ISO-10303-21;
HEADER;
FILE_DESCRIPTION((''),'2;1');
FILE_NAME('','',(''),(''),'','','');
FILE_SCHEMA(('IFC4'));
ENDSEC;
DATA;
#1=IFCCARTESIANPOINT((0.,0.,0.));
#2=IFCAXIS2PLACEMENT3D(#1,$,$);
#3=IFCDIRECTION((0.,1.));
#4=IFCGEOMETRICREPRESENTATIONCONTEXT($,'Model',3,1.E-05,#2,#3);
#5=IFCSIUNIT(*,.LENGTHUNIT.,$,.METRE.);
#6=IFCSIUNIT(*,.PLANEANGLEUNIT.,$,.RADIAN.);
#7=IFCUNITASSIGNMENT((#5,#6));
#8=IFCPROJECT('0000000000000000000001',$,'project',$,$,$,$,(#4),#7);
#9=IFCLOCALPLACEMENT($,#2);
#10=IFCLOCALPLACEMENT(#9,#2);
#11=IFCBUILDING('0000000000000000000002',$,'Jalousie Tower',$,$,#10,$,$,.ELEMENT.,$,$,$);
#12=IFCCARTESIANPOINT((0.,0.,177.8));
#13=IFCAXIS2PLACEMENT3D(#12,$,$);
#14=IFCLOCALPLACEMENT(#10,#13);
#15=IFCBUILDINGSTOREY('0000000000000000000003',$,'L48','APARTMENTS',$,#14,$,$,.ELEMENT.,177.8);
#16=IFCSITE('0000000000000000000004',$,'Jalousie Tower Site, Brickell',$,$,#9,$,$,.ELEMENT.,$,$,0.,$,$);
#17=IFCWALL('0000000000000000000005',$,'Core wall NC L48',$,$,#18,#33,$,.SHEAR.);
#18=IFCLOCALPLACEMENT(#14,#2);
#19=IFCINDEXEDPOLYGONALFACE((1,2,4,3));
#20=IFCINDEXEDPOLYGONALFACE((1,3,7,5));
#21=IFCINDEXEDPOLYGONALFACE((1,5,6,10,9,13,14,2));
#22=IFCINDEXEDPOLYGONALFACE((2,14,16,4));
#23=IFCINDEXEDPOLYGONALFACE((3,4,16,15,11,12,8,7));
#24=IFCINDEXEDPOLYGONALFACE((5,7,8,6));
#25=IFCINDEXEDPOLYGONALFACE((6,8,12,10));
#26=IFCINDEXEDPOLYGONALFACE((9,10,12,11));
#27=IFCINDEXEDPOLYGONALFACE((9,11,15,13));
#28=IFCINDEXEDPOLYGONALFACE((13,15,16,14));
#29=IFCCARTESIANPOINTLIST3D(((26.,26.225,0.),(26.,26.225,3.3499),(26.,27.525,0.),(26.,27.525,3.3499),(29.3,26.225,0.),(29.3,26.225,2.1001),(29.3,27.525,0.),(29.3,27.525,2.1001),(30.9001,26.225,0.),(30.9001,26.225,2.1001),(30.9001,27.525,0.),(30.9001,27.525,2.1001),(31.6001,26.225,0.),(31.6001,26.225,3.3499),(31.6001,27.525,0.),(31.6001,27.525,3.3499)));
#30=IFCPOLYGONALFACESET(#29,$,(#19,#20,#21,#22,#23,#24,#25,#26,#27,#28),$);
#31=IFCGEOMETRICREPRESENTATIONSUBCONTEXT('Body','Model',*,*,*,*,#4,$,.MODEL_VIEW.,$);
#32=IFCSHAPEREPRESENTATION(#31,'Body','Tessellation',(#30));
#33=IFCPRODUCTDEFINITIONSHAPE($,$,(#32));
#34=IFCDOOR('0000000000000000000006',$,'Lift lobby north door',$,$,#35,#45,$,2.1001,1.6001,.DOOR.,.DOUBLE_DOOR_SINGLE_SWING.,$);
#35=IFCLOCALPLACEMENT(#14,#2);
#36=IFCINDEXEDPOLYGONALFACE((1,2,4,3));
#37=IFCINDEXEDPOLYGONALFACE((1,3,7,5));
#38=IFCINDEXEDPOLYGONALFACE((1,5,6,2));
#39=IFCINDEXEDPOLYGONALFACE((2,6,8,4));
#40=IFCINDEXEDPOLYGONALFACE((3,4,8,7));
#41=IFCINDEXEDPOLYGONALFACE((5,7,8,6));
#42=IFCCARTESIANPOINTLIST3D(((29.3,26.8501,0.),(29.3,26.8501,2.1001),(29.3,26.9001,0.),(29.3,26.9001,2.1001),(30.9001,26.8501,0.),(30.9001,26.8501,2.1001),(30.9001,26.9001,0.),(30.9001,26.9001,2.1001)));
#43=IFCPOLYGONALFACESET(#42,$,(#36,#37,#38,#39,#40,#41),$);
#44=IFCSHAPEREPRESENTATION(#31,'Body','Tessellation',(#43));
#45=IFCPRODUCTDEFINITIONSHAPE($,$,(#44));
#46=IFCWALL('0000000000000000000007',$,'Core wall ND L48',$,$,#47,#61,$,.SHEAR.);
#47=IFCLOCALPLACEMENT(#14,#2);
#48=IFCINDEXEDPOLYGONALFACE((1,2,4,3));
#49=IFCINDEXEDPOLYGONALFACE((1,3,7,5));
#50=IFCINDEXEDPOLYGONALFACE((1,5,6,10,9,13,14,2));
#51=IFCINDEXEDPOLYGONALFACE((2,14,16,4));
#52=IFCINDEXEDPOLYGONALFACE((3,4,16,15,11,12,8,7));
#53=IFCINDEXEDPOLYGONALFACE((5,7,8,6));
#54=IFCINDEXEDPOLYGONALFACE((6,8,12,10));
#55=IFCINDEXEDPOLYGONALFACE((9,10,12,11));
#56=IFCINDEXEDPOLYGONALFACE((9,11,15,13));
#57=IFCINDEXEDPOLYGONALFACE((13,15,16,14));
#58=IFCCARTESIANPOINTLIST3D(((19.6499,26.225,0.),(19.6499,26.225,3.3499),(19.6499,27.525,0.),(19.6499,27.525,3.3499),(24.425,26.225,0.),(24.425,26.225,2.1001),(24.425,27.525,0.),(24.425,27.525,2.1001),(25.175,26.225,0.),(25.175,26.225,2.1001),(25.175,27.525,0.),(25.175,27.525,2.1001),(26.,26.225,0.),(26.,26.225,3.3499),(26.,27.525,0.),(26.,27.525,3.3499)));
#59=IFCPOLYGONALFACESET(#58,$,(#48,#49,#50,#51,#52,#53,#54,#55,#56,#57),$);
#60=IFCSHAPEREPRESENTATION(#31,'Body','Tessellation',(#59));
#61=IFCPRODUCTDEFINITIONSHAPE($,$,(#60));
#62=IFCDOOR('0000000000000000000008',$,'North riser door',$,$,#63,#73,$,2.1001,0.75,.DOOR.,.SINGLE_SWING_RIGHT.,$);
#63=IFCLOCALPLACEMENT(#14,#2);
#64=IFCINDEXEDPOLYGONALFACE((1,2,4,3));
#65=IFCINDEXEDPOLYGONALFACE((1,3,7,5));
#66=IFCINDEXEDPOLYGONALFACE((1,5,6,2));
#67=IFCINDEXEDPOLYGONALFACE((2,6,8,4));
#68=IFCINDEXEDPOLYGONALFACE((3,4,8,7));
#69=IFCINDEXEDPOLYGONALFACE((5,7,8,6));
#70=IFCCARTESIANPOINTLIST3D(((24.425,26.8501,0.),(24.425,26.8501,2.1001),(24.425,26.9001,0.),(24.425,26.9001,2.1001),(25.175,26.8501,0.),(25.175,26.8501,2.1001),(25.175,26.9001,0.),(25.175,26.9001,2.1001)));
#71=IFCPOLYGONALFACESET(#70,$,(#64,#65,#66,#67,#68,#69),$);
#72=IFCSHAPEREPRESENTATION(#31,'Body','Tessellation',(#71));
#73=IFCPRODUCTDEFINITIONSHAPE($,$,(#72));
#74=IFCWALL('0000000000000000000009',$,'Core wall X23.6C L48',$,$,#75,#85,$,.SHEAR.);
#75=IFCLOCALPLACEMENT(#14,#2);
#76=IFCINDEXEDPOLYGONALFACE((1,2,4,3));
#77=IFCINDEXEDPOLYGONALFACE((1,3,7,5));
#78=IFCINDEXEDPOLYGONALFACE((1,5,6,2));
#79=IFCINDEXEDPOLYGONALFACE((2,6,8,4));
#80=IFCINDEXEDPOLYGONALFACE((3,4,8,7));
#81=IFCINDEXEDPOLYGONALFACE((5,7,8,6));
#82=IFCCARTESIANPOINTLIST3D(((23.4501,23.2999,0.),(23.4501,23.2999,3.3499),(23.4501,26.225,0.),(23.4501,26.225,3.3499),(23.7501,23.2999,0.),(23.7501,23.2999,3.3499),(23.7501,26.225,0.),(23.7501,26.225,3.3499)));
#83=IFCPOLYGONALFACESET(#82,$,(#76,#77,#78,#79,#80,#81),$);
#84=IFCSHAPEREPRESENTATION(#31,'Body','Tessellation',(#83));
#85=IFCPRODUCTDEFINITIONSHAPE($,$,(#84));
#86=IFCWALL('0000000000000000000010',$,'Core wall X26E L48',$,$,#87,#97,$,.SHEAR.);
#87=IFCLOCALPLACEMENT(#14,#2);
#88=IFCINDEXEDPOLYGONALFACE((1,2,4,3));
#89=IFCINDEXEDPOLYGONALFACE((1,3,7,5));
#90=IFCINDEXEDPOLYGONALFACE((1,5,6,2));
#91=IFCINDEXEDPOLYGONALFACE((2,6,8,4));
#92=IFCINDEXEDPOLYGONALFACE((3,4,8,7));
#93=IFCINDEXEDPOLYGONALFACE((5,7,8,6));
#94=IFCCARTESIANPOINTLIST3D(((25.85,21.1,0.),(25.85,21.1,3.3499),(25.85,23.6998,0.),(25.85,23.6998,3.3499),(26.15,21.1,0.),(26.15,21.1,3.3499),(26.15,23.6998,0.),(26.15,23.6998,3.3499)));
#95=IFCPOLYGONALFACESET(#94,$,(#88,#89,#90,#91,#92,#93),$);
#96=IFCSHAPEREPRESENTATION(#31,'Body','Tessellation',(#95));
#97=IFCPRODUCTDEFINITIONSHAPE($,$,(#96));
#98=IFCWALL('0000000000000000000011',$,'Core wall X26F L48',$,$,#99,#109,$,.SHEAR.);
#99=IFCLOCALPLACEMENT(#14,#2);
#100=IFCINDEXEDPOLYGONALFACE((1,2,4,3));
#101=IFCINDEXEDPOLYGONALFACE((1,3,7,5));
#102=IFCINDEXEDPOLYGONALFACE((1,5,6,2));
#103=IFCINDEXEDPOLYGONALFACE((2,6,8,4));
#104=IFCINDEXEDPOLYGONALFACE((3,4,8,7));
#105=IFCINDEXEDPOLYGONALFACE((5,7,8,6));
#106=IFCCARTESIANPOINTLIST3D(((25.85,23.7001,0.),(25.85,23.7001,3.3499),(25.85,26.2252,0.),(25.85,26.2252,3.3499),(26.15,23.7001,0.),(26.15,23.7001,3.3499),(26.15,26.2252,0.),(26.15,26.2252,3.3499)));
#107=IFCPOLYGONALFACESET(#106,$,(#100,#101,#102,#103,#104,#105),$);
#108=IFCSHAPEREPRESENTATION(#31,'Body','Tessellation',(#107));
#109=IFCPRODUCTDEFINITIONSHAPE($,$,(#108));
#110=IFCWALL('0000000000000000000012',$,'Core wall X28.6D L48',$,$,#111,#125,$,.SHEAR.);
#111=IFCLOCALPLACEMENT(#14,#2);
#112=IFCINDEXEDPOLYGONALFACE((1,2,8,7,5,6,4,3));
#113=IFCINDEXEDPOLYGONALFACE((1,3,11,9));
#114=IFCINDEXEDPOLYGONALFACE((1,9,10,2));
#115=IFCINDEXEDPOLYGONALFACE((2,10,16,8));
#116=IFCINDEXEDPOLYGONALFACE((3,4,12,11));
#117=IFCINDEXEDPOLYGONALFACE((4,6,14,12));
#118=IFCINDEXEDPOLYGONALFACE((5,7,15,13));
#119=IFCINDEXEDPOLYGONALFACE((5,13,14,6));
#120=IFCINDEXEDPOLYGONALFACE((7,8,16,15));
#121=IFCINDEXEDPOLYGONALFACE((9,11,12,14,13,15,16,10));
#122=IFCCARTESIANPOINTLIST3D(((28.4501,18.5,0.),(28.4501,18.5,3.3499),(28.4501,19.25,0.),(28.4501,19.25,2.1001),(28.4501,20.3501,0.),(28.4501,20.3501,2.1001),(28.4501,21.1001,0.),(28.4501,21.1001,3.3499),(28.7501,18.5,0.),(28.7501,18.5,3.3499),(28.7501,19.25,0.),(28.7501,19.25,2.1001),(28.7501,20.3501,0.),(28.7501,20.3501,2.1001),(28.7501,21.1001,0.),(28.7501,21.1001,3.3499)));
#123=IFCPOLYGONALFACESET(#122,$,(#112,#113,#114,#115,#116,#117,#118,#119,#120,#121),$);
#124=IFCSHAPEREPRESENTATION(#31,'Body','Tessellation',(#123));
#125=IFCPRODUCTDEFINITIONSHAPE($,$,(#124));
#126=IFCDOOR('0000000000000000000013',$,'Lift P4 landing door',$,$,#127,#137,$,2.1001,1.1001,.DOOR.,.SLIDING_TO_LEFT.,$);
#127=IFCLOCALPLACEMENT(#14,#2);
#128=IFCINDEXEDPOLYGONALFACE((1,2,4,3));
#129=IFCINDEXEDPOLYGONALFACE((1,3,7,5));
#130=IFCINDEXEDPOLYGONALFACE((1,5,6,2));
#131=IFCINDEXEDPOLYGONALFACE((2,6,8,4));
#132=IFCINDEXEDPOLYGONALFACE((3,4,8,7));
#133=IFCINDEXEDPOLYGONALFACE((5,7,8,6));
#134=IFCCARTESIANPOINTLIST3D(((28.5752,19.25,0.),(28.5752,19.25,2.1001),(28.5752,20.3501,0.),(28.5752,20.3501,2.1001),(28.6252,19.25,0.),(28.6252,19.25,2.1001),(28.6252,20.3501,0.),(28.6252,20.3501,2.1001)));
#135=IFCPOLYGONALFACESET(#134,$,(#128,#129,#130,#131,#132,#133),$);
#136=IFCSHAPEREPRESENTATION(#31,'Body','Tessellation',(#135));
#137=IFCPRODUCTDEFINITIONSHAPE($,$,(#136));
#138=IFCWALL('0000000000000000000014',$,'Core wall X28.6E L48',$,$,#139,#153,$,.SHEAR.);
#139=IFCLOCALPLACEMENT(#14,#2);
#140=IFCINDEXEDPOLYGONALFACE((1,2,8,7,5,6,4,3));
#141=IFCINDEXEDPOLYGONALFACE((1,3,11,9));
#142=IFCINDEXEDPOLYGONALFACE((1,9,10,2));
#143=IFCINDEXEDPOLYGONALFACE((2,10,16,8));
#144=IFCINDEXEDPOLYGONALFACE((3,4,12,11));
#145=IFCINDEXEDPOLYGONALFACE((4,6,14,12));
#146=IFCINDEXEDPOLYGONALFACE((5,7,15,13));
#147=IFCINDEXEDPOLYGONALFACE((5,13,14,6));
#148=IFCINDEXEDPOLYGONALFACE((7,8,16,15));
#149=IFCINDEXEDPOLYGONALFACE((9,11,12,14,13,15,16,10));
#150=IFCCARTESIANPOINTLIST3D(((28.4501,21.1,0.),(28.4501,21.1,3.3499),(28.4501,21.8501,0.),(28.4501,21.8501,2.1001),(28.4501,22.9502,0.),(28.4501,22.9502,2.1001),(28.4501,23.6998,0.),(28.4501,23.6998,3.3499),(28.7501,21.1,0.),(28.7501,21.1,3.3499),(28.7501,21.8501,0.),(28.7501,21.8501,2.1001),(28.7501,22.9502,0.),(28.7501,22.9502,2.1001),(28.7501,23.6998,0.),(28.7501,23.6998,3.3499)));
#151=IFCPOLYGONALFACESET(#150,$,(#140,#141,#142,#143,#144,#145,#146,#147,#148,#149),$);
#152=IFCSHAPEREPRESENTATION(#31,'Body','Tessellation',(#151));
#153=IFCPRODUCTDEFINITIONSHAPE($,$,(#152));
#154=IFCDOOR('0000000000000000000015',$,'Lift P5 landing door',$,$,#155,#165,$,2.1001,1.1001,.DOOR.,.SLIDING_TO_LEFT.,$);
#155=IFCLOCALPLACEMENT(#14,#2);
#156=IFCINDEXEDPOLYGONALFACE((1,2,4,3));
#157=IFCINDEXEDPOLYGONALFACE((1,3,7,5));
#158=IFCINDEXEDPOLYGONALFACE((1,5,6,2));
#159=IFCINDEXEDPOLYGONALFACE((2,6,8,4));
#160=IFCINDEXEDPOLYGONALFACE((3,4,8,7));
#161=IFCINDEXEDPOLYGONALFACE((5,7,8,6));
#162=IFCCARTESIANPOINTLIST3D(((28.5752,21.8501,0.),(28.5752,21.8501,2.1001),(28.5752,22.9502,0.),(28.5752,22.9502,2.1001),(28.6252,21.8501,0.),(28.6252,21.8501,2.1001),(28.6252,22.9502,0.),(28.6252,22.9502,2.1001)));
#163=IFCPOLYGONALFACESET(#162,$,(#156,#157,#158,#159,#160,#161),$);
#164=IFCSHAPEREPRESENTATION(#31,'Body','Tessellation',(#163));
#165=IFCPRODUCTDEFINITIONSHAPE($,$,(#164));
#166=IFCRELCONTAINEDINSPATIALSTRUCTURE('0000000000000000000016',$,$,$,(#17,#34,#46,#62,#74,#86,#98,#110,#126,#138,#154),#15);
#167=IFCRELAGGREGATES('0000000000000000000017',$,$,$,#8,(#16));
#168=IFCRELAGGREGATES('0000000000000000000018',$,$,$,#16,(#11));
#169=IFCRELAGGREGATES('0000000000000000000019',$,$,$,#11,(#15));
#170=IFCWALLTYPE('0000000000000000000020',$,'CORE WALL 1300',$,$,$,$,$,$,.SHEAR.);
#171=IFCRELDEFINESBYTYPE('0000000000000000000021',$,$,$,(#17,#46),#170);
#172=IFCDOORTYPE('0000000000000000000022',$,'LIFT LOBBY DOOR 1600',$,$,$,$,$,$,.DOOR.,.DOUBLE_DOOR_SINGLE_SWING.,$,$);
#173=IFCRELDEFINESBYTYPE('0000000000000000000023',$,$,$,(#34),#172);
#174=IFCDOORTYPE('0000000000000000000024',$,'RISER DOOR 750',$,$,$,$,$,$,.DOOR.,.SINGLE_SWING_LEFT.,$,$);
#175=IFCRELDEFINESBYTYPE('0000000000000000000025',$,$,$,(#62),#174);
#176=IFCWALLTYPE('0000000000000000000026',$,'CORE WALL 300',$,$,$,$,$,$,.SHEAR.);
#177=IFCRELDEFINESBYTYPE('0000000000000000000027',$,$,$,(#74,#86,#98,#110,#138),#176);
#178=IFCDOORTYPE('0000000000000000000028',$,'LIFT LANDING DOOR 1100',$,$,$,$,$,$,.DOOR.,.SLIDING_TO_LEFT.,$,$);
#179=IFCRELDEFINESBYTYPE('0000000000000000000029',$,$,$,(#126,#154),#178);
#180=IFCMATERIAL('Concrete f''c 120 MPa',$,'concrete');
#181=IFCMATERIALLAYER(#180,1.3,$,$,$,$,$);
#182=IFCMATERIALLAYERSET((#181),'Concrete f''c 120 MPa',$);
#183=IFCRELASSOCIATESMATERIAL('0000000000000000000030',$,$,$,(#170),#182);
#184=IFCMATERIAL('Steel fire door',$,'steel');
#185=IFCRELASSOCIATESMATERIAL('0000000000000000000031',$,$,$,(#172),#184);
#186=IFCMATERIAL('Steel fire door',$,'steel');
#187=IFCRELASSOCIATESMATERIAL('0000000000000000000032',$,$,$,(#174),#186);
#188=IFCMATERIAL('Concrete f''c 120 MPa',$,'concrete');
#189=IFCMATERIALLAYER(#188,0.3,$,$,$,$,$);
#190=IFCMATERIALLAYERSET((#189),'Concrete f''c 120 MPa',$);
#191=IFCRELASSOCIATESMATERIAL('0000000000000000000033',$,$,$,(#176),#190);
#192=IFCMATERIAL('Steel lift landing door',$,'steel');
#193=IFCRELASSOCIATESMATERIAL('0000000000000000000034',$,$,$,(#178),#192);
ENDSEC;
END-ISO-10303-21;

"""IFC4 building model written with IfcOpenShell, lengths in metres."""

from ifc_helpers import new_model, si_unit, direction, frame, frame_2d, origin, place, context, subcontext, project, spatial, rectangle, extrude, material, layer, layer_set, type_object, element, fill, save


model = new_model("IFC4")

# Units and contexts
model_context = context("Model", 3, precision=1e-05, world=origin(), true_north=direction((0.0, 1.0)))
body_context = subcontext(model_context, "Body", "Model", "MODEL_VIEW")
ifc_project = project(units=[si_unit("LENGTHUNIT", "METRE"), si_unit("PLANEANGLEUNIT", "RADIAN")], contexts=[model_context])

# Site, building, storey
site_placement = place(None, origin())
site = spatial("IfcSite", under=ifc_project, at=site_placement, Name="Jalousie Tower Site, Brickell", CompositionType="ELEMENT", RefElevation=0.0)
building_placement = place(site_placement, origin())
building = spatial("IfcBuilding", under=site, at=building_placement, Name="Jalousie Tower", CompositionType="ELEMENT")
storey_placement = place(building_placement, frame((0.0, 0.0, 177.8)))
storey = spatial("IfcBuildingStorey", under=building, at=storey_placement, Name="L48", Description="APARTMENTS", CompositionType="ELEMENT", Elevation=177.8)

# Walls, openings, doors
ifc_material_1 = material(Name="Concrete f'c 120 MPa", Category="concrete")
ifc_layer_1 = layer(ifc_material_1, 1.3)
ifc_layer_set_1 = layer_set([ifc_layer_1], Name="Concrete f'c 120 MPa")
wall_type_1 = type_object("IfcWallType", Name="CORE WALL 1300", PredefinedType="SHEAR", material=ifc_layer_set_1)
wall_1_placement = place(storey_placement, frame((31.6001, 26.875, 0.0), z_axis=(0.0, 0.0, 1.0), x_axis=(-1.0, 0.0, 0.0)))
wall_1 = element("IfcWall", 1, at=wall_1_placement, inside=storey, type_object=wall_type_1, Name="Core wall NC L48", PredefinedType="SHEAR", context=body_context, shape_type="SweptSolid", body=[
    extrude(rectangle(XDim=5.6001, YDim=1.3, at=frame_2d((2.8, 0.0))), origin(), (0.0, 0.0, 1.0), 3.3499),
])
opening_1_placement = place(wall_1_placement, frame((0.7, 0.0, 0.0)))
opening_1 = element("IfcOpeningElement", 2, at=opening_1_placement, cuts=wall_1, PredefinedType="OPENING", context=body_context, shape_type="SweptSolid", body=[
    extrude(rectangle(XDim=1.6001, YDim=2.1001, at=frame_2d((0.8, 1.05))), frame((0.0, 0.6599, 0.0), z_axis=(0.0, -1.0, 0.0), x_axis=(1.0, 0.0, 0.0)), (0.0, 0.0, 1.0), 1.3201),
])
ifc_material_2 = material(Name="Steel fire door", Category="steel")
door_type_1 = type_object("IfcDoorType", Name="LIFT LOBBY DOOR 1600", OperationType="DOUBLE_DOOR_SINGLE_SWING", PredefinedType="DOOR", material=ifc_material_2)
door_1_placement = place(opening_1_placement, origin())
door_1 = element("IfcDoor", 3, at=door_1_placement, inside=storey, type_object=door_type_1, Name="Lift lobby north door", OperationType="DOUBLE_DOOR_SINGLE_SWING", OverallHeight=2.1001, OverallWidth=1.6001, PredefinedType="DOOR", context=body_context, shape_type="SweptSolid", body=[
    extrude(rectangle(XDim=1.6001, YDim=2.1001, at=frame_2d((0.8, 1.05))), frame((0.0, 0.0249, 0.0), z_axis=(0.0, -1.0, 0.0), x_axis=(1.0, 0.0, 0.0)), (0.0, 0.0, 1.0), 0.05),
])
fill(opening_1, door_1)
wall_2_placement = place(storey_placement, frame((26.0, 26.875, 0.0), z_axis=(0.0, 0.0, 1.0), x_axis=(-1.0, 0.0, 0.0)))
wall_2 = element("IfcWall", 4, at=wall_2_placement, inside=storey, type_object=wall_type_1, Name="Core wall ND L48", PredefinedType="SHEAR", context=body_context, shape_type="SweptSolid", body=[
    extrude(rectangle(XDim=6.3501, YDim=1.3, at=frame_2d((3.175, 0.0))), origin(), (0.0, 0.0, 1.0), 3.3499),
])
opening_2_placement = place(wall_2_placement, frame((0.825, 0.0, 0.0)))
opening_2 = element("IfcOpeningElement", 5, at=opening_2_placement, cuts=wall_2, PredefinedType="OPENING", context=body_context, shape_type="SweptSolid", body=[
    extrude(rectangle(XDim=0.75, YDim=2.1001, at=frame_2d((0.375, 1.05))), frame((0.0, 0.6599, 0.0), z_axis=(0.0, -1.0, 0.0), x_axis=(1.0, 0.0, 0.0)), (0.0, 0.0, 1.0), 1.3201),
])
ifc_material_3 = material(Name="Steel fire door", Category="steel")
door_type_2 = type_object("IfcDoorType", Name="RISER DOOR 750", OperationType="SINGLE_SWING_LEFT", PredefinedType="DOOR", material=ifc_material_3)
door_2_placement = place(opening_2_placement, origin())
door_2 = element("IfcDoor", 6, at=door_2_placement, inside=storey, type_object=door_type_2, Name="North riser door", OperationType="SINGLE_SWING_RIGHT", OverallHeight=2.1001, OverallWidth=0.75, PredefinedType="DOOR", context=body_context, shape_type="SweptSolid", body=[
    extrude(rectangle(XDim=0.75, YDim=2.1001, at=frame_2d((0.375, 1.05))), frame((0.0, 0.0249, 0.0), z_axis=(0.0, -1.0, 0.0), x_axis=(1.0, 0.0, 0.0)), (0.0, 0.0, 1.0), 0.05),
])
fill(opening_2, door_2)

# Walls
ifc_material_4 = material(Name="Concrete f'c 120 MPa", Category="concrete")
ifc_layer_2 = layer(ifc_material_4, 0.3)
ifc_layer_set_2 = layer_set([ifc_layer_2], Name="Concrete f'c 120 MPa")
wall_type_2 = type_object("IfcWallType", Name="CORE WALL 300", PredefinedType="SHEAR", material=ifc_layer_set_2)
wall_3_placement = place(storey_placement, frame((23.6001, 23.3, 0.0), z_axis=(0.0, 0.0, 1.0), x_axis=(0.0, 1.0, 0.0)))
element("IfcWall", 7, at=wall_3_placement, inside=storey, type_object=wall_type_2, Name="Core wall X23.6C L48", PredefinedType="SHEAR", context=body_context, shape_type="SweptSolid", body=[
    extrude(rectangle(XDim=2.925, YDim=0.3, at=frame_2d((1.4624, 0.0))), origin(), (0.0, 0.0, 1.0), 3.3499),
])
wall_4_placement = place(storey_placement, frame((26.0, 21.1001, 0.0), z_axis=(0.0, 0.0, 1.0), x_axis=(0.0, 1.0, 0.0)))
element("IfcWall", 8, at=wall_4_placement, inside=storey, type_object=wall_type_2, Name="Core wall X26E L48", PredefinedType="SHEAR", context=body_context, shape_type="SweptSolid", body=[
    extrude(rectangle(XDim=2.5999, YDim=0.3, at=frame_2d((1.2998, 0.0))), origin(), (0.0, 0.0, 1.0), 3.3499),
])
wall_5_placement = place(storey_placement, frame((26.0, 23.7, 0.0), z_axis=(0.0, 0.0, 1.0), x_axis=(0.0, 1.0, 0.0)))
element("IfcWall", 9, at=wall_5_placement, inside=storey, type_object=wall_type_2, Name="Core wall X26F L48", PredefinedType="SHEAR", context=body_context, shape_type="SweptSolid", body=[
    extrude(rectangle(XDim=2.5251, YDim=0.3, at=frame_2d((1.2627, 0.0))), origin(), (0.0, 0.0, 1.0), 3.3499),
])

# Walls, openings, doors
wall_6_placement = place(storey_placement, frame((28.6001, 18.5, 0.0), z_axis=(0.0, 0.0, 1.0), x_axis=(0.0, 1.0, 0.0)))
wall_6 = element("IfcWall", 10, at=wall_6_placement, inside=storey, type_object=wall_type_2, Name="Core wall X28.6D L48", PredefinedType="SHEAR", context=body_context, shape_type="SweptSolid", body=[
    extrude(rectangle(XDim=2.6001, YDim=0.3, at=frame_2d((1.3, 0.0))), origin(), (0.0, 0.0, 1.0), 3.3499),
])
opening_3_placement = place(wall_6_placement, frame((0.75, 0.0, 0.0)))
opening_3 = element("IfcOpeningElement", 11, at=opening_3_placement, cuts=wall_6, PredefinedType="OPENING", context=body_context, shape_type="SweptSolid", body=[
    extrude(rectangle(XDim=1.1001, YDim=2.1001, at=frame_2d((0.55, 1.05))), frame((0.0, 0.1599, 0.0), z_axis=(0.0, -1.0, 0.0), x_axis=(1.0, 0.0, 0.0)), (0.0, 0.0, 1.0), 0.3201),
])
ifc_material_5 = material(Name="Steel lift landing door", Category="steel")
door_type_3 = type_object("IfcDoorType", Name="LIFT LANDING DOOR 1100", OperationType="SLIDING_TO_LEFT", PredefinedType="DOOR", material=ifc_material_5)
door_3_placement = place(opening_3_placement, origin())
door_3 = element("IfcDoor", 12, at=door_3_placement, inside=storey, type_object=door_type_3, Name="Lift P4 landing door", OperationType="SLIDING_TO_LEFT", OverallHeight=2.1001, OverallWidth=1.1001, PredefinedType="DOOR", context=body_context, shape_type="SweptSolid", body=[
    extrude(rectangle(XDim=1.1001, YDim=2.1001, at=frame_2d((0.55, 1.05))), frame((0.0, 0.0249, 0.0), z_axis=(0.0, -1.0, 0.0), x_axis=(1.0, 0.0, 0.0)), (0.0, 0.0, 1.0), 0.05),
])
fill(opening_3, door_3)
wall_7_placement = place(storey_placement, frame((28.6001, 21.1001, 0.0), z_axis=(0.0, 0.0, 1.0), x_axis=(0.0, 1.0, 0.0)))
wall_7 = element("IfcWall", 13, at=wall_7_placement, inside=storey, type_object=wall_type_2, Name="Core wall X28.6E L48", PredefinedType="SHEAR", context=body_context, shape_type="SweptSolid", body=[
    extrude(rectangle(XDim=2.5999, YDim=0.3, at=frame_2d((1.2998, 0.0))), origin(), (0.0, 0.0, 1.0), 3.3499),
])
opening_4_placement = place(wall_7_placement, frame((0.75, 0.0, 0.0)))
opening_4 = element("IfcOpeningElement", 14, at=opening_4_placement, cuts=wall_7, PredefinedType="OPENING", context=body_context, shape_type="SweptSolid", body=[
    extrude(rectangle(XDim=1.1001, YDim=2.1001, at=frame_2d((0.55, 1.05))), frame((0.0, 0.1599, 0.0), z_axis=(0.0, -1.0, 0.0), x_axis=(1.0, 0.0, 0.0)), (0.0, 0.0, 1.0), 0.3201),
])
door_4_placement = place(opening_4_placement, origin())
door_4 = element("IfcDoor", 15, at=door_4_placement, inside=storey, type_object=door_type_3, Name="Lift P5 landing door", OperationType="SLIDING_TO_LEFT", OverallHeight=2.1001, OverallWidth=1.1001, PredefinedType="DOOR", context=body_context, shape_type="SweptSolid", body=[
    extrude(rectangle(XDim=1.1001, YDim=2.1001, at=frame_2d((0.55, 1.05))), frame((0.0, 0.0249, 0.0), z_axis=(0.0, -1.0, 0.0), x_axis=(1.0, 0.0, 0.0)), (0.0, 0.0, 1.0), 0.05),
])
fill(opening_4, door_4)

save(model, "model.ifc")
